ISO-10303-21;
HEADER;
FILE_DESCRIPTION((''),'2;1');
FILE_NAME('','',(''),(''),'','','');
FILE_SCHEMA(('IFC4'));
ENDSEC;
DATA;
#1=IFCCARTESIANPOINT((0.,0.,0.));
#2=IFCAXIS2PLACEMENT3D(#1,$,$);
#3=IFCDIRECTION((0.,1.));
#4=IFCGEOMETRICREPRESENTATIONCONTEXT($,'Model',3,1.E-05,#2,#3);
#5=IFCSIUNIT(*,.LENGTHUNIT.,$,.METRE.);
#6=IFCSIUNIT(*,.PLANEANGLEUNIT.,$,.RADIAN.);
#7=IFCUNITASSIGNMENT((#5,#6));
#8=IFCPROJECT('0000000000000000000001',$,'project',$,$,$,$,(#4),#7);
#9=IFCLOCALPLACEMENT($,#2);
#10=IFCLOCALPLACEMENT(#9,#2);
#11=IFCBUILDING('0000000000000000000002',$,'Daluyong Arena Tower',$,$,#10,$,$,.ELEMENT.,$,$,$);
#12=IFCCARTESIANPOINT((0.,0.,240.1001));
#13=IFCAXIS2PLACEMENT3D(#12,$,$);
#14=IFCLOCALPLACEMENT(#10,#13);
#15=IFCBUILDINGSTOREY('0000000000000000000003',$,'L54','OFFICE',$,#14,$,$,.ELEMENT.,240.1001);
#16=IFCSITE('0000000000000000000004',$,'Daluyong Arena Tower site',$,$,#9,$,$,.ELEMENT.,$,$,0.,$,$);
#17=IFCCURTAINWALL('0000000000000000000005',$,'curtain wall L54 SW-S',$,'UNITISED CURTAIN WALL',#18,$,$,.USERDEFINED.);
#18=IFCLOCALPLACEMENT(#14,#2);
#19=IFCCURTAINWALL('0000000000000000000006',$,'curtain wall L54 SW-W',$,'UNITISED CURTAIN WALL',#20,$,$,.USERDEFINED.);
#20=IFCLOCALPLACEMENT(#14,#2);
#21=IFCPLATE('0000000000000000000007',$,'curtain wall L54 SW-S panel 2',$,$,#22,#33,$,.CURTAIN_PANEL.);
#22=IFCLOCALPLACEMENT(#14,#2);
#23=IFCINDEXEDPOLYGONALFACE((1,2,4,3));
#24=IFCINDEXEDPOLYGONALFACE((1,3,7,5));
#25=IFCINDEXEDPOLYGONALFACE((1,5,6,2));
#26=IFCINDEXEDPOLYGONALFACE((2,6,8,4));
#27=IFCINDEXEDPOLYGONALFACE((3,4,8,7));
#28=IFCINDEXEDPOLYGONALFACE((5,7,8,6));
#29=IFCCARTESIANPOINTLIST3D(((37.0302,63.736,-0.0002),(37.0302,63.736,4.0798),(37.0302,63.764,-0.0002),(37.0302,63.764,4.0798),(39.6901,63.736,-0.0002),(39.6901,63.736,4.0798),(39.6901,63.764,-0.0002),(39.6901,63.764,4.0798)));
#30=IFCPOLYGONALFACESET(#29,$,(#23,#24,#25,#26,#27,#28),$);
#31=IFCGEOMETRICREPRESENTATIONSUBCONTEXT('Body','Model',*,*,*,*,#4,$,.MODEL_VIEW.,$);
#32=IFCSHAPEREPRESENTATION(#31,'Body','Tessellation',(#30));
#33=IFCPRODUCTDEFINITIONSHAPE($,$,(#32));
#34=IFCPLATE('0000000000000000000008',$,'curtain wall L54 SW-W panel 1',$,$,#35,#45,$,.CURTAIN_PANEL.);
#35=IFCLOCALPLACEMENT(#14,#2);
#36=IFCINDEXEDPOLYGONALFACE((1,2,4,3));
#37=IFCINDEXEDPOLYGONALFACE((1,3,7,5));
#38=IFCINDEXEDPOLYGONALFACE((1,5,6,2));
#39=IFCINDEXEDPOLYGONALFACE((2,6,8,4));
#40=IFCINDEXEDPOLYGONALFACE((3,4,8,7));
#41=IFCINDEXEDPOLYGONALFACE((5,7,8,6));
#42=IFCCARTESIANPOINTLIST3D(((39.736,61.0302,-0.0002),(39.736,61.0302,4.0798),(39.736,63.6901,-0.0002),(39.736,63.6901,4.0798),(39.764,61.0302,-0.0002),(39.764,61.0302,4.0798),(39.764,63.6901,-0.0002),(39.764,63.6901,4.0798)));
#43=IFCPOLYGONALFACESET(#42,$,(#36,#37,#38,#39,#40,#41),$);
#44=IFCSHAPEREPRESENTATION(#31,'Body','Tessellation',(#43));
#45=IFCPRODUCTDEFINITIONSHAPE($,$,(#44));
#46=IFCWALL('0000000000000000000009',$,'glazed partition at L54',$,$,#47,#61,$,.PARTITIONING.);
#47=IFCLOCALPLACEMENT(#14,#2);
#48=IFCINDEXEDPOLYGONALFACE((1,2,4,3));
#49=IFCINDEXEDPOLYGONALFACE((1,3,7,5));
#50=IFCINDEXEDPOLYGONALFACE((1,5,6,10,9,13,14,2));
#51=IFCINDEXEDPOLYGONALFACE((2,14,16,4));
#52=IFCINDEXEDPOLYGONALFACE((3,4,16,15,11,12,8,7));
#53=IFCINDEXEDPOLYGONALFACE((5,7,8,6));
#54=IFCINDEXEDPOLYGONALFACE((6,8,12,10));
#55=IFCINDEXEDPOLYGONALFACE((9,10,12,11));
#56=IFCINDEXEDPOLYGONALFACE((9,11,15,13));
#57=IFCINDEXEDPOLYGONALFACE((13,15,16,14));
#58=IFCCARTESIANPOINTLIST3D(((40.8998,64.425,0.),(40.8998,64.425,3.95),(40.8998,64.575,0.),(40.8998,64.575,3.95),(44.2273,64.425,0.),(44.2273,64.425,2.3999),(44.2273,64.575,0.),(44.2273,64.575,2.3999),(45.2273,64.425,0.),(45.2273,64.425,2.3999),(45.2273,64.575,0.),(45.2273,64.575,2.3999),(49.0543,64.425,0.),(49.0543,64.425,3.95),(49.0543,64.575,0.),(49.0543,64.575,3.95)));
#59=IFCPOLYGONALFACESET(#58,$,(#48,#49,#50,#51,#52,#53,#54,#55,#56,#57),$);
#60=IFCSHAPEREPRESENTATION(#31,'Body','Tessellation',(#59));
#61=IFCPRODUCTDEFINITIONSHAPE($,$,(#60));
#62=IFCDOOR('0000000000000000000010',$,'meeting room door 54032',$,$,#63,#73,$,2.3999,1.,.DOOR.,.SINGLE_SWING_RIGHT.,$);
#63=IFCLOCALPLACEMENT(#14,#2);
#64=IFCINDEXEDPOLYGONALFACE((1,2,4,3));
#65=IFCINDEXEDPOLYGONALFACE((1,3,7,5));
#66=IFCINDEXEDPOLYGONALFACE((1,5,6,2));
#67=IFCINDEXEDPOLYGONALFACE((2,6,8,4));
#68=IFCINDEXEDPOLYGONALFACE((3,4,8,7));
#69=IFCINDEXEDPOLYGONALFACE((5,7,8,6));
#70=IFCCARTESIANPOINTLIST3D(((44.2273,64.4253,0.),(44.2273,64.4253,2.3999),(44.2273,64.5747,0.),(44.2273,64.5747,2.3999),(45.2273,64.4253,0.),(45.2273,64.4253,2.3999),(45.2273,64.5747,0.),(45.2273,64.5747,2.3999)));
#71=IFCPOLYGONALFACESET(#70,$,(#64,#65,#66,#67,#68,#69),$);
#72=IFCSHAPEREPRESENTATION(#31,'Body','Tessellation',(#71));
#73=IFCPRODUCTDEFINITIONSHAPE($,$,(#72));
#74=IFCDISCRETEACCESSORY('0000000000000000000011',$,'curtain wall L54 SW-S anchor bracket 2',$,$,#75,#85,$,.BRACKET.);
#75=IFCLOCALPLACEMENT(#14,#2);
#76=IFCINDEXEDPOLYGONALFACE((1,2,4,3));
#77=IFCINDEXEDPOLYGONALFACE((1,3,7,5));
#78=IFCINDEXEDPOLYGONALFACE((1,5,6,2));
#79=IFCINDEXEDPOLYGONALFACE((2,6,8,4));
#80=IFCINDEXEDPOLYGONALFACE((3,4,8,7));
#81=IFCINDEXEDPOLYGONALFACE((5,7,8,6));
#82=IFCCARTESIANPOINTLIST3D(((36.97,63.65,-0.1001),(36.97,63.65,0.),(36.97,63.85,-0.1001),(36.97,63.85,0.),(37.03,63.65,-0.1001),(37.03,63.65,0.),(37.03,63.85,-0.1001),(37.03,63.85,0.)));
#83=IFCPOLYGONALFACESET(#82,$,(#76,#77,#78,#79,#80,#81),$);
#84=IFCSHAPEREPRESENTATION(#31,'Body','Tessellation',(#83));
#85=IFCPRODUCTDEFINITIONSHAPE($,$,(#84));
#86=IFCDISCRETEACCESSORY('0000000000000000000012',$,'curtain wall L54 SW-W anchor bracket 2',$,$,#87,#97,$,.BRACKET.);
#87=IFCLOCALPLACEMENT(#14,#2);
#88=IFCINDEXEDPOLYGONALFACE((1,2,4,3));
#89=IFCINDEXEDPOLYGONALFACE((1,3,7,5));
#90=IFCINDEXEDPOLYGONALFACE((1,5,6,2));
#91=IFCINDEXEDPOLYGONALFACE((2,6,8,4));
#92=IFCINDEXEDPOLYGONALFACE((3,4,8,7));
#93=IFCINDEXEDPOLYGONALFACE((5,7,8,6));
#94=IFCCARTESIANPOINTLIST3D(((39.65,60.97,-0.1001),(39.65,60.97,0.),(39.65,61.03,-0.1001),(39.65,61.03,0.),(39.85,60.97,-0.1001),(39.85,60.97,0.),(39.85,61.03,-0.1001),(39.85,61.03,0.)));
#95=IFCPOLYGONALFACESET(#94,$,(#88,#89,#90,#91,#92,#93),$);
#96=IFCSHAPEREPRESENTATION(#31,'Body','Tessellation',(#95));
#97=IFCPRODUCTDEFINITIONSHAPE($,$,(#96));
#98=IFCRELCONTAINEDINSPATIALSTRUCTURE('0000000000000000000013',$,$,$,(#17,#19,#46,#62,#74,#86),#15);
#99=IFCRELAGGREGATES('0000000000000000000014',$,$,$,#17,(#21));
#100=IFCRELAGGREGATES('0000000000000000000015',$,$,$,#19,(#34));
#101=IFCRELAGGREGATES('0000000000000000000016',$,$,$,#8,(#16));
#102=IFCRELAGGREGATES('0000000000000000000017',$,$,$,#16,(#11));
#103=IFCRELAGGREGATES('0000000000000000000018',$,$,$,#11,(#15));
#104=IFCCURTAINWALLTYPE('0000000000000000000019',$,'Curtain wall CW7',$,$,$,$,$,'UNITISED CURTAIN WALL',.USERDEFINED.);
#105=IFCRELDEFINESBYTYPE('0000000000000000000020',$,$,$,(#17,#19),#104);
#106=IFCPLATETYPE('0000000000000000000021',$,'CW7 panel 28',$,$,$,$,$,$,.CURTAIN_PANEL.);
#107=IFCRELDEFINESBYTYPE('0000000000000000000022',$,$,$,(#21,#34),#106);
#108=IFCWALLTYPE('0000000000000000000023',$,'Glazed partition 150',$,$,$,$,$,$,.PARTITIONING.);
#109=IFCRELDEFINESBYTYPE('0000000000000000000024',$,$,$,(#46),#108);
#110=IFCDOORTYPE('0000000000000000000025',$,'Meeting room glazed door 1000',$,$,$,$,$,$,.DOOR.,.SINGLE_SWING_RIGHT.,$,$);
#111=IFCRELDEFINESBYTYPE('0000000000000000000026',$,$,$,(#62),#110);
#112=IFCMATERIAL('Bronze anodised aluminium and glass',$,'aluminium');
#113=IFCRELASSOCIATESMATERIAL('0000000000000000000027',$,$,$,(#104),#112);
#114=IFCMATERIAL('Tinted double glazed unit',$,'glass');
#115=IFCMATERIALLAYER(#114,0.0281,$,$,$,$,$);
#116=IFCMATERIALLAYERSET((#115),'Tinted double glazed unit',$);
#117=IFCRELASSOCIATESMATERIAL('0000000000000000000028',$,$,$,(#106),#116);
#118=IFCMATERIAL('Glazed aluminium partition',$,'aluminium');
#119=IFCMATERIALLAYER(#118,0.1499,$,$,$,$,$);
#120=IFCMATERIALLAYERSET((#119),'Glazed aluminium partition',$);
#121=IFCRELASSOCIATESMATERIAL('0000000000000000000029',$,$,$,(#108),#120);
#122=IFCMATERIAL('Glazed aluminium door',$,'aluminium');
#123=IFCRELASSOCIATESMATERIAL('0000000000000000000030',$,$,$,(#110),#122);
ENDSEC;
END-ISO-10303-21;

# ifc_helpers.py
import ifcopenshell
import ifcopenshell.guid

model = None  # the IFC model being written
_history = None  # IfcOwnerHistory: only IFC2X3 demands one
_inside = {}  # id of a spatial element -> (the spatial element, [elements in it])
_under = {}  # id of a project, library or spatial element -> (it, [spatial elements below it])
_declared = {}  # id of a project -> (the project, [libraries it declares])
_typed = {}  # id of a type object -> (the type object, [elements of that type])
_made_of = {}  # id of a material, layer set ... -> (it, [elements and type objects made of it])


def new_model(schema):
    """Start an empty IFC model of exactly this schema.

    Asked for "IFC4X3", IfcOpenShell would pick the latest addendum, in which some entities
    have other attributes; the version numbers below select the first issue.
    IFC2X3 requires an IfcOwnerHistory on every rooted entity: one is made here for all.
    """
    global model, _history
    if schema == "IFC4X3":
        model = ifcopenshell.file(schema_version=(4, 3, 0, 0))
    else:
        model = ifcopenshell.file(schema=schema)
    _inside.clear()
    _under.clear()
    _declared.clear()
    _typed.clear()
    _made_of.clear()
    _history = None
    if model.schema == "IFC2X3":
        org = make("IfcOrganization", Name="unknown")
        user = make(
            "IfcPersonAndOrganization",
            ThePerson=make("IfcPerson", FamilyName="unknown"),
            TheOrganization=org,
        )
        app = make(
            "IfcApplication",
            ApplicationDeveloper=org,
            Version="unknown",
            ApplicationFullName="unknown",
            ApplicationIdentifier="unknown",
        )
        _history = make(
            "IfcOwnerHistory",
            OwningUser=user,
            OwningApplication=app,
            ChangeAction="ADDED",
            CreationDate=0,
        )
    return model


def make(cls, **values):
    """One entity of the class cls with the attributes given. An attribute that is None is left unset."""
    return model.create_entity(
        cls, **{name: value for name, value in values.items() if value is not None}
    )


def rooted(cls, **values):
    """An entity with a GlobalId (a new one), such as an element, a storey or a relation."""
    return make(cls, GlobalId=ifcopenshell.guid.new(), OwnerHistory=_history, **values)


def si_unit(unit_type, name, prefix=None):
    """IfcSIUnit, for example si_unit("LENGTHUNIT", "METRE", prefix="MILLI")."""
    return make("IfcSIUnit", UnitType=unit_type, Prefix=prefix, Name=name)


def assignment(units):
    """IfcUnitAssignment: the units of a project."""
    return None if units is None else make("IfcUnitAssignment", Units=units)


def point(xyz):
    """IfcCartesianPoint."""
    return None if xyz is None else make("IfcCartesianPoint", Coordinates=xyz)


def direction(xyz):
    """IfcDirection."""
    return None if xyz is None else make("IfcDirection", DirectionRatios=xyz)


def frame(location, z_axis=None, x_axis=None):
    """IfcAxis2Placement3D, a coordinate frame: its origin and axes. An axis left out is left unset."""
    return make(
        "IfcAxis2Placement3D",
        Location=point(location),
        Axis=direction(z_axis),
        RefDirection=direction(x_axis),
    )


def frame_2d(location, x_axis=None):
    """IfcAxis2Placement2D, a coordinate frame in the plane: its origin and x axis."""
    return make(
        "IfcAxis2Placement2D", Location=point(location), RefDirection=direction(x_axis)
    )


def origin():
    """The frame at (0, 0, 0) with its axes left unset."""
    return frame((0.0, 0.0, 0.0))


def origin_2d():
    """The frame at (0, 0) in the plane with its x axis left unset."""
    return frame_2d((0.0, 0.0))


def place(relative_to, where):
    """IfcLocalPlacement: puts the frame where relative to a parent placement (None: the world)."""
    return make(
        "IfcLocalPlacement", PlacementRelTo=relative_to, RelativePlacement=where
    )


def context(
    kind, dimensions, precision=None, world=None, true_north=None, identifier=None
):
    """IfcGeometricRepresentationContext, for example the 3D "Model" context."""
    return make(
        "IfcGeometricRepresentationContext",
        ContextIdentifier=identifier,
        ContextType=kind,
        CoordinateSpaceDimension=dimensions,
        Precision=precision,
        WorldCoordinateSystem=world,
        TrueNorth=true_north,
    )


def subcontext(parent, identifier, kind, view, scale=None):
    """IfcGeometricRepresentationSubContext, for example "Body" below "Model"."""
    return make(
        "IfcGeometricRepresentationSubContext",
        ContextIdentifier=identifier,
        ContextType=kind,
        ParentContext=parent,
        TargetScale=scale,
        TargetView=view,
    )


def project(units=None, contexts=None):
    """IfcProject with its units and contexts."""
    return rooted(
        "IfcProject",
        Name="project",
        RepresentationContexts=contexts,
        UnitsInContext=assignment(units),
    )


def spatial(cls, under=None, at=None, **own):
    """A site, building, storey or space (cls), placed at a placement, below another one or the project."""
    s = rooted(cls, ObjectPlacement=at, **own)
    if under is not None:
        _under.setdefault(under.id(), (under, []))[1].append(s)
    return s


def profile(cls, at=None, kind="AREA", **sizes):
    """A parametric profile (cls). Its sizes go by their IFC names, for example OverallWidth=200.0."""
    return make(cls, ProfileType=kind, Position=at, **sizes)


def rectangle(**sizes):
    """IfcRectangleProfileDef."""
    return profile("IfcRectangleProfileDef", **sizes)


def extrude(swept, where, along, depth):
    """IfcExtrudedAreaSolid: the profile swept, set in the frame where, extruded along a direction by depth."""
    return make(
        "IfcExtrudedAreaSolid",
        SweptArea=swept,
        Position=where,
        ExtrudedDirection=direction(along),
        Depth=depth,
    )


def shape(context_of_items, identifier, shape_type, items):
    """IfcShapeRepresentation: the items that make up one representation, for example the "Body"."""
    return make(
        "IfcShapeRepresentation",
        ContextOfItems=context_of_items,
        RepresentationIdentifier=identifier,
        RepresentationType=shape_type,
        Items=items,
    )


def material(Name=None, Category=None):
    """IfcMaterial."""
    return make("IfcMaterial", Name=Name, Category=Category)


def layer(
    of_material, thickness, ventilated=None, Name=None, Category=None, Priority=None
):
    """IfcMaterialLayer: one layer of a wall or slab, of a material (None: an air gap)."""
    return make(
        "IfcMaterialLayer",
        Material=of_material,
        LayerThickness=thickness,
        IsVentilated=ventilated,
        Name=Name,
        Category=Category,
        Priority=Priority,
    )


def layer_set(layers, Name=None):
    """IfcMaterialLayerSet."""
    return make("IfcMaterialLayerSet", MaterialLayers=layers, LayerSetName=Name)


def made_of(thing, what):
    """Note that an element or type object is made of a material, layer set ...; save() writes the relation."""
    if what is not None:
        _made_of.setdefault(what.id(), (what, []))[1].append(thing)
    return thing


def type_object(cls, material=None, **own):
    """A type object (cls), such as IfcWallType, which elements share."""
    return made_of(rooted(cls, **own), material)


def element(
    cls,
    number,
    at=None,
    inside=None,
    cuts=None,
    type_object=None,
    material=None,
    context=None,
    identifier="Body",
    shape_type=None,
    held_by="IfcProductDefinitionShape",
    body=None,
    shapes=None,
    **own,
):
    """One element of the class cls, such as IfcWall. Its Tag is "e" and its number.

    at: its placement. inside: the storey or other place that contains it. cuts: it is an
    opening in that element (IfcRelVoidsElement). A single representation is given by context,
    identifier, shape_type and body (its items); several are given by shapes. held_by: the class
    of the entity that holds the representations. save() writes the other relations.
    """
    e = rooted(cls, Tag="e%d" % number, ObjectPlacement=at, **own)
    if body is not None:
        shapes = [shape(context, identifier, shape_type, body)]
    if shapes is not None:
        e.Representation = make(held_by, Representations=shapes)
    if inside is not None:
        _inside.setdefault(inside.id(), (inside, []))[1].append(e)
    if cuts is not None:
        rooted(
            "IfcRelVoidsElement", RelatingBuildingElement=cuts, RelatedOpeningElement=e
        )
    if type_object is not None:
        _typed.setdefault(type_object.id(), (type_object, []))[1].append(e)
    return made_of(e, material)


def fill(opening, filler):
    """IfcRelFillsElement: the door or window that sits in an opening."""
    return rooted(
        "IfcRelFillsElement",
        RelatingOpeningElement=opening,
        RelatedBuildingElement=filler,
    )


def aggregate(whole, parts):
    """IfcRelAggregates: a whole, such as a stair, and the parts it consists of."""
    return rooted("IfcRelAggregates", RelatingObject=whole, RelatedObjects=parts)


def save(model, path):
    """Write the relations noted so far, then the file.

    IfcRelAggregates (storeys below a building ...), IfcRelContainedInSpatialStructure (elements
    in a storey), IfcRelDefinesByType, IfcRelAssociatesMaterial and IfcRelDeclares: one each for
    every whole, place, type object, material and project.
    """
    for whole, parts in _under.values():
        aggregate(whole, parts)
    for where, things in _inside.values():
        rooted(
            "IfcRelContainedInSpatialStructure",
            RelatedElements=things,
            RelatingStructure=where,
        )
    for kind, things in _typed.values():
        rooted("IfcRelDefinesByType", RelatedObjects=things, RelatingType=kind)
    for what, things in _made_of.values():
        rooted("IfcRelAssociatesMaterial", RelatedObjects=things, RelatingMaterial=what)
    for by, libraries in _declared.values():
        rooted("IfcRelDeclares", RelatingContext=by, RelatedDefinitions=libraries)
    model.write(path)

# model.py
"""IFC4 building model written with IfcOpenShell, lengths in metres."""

from ifc_helpers import new_model, si_unit, direction, frame, frame_2d, origin, origin_2d, place, context, subcontext, project, spatial, rectangle, extrude, material, layer, layer_set, type_object, element, fill, aggregate, save


model = new_model("IFC4")

# Units and contexts
model_context = context("Model", 3, precision=1e-05, world=origin(), true_north=direction((0.0, 1.0)))
body_context = subcontext(model_context, "Body", "Model", "MODEL_VIEW")
ifc_project = project(units=[si_unit("LENGTHUNIT", "METRE"), si_unit("PLANEANGLEUNIT", "RADIAN")], contexts=[model_context])

# Site, building, storey
site_placement = place(None, origin())
site = spatial("IfcSite", under=ifc_project, at=site_placement, Name="Daluyong Arena Tower site", CompositionType="ELEMENT", RefElevation=0.0)
building_placement = place(site_placement, origin())
building = spatial("IfcBuilding", under=site, at=building_placement, Name="Daluyong Arena Tower", CompositionType="ELEMENT")
storey_placement = place(building_placement, frame((0.0, 0.0, 240.1001)))
storey = spatial("IfcBuildingStorey", under=building, at=storey_placement, Name="L54", Description="OFFICE", CompositionType="ELEMENT", Elevation=240.1001)

# Curtain wall
ifc_material_1 = material(Name="Bronze anodised aluminium and glass", Category="aluminium")
curtain_wall_type = type_object("IfcCurtainWallType", Name="Curtain wall CW7", ElementType="UNITISED CURTAIN WALL", PredefinedType="USERDEFINED", material=ifc_material_1)
curtain_wall_1_placement = place(storey_placement, origin())
curtain_wall_1 = element("IfcCurtainWall", 1, at=curtain_wall_1_placement, inside=storey, type_object=curtain_wall_type, Name="curtain wall L54 SW-S", ObjectType="UNITISED CURTAIN WALL", PredefinedType="USERDEFINED")

# Curtain wall
curtain_wall_2_placement = place(storey_placement, origin())
curtain_wall_2 = element("IfcCurtainWall", 2, at=curtain_wall_2_placement, inside=storey, type_object=curtain_wall_type, Name="curtain wall L54 SW-W", ObjectType="UNITISED CURTAIN WALL", PredefinedType="USERDEFINED")

# Plates
ifc_material_2 = material(Name="Tinted double glazed unit", Category="glass")
ifc_layer_1 = layer(ifc_material_2, 0.0281)
ifc_layer_set_1 = layer_set([ifc_layer_1], Name="Tinted double glazed unit")
plate_type = type_object("IfcPlateType", Name="CW7 panel 28", PredefinedType="CURTAIN_PANEL", material=ifc_layer_set_1)
plate_1_placement = place(storey_placement, frame((38.3601, 63.75, -0.0002), z_axis=(0.0, 0.0, 1.0), x_axis=(1.0, 0.0, 0.0)))
plate_1 = element("IfcPlate", 3, at=plate_1_placement, type_object=plate_type, Name="curtain wall L54 SW-S panel 2", PredefinedType="CURTAIN_PANEL", context=body_context, shape_type="SweptSolid", body=[
    extrude(rectangle(XDim=2.6599, YDim=0.0281, at=origin_2d()), origin(), (0.0, 0.0, 1.0), 4.0801),
])
aggregate(curtain_wall_1, [plate_1])
plate_2_placement = place(storey_placement, frame((39.75, 62.3601, -0.0002), z_axis=(0.0, 0.0, 1.0), x_axis=(0.0, -1.0, 0.0)))
plate_2 = element("IfcPlate", 4, at=plate_2_placement, type_object=plate_type, Name="curtain wall L54 SW-W panel 1", PredefinedType="CURTAIN_PANEL", context=body_context, shape_type="SweptSolid", body=[
    extrude(rectangle(XDim=2.6599, YDim=0.0281, at=origin_2d()), origin(), (0.0, 0.0, 1.0), 4.0801),
])
aggregate(curtain_wall_2, [plate_2])

# Wall, opening, door
ifc_material_3 = material(Name="Glazed aluminium partition", Category="aluminium")
ifc_layer_2 = layer(ifc_material_3, 0.1499)
ifc_layer_set_2 = layer_set([ifc_layer_2], Name="Glazed aluminium partition")
wall_type = type_object("IfcWallType", Name="Glazed partition 150", PredefinedType="PARTITIONING", material=ifc_layer_set_2)
wall_placement = place(storey_placement, frame((40.8999, 64.5, 0.0), z_axis=(0.0, 0.0, 1.0), x_axis=(1.0, 0.0, 0.0)))
wall = element("IfcWall", 5, at=wall_placement, inside=storey, type_object=wall_type, Name="glazed partition at L54", PredefinedType="PARTITIONING", context=body_context, shape_type="SweptSolid", body=[
    extrude(rectangle(XDim=8.1545, YDim=0.1499, at=frame_2d((4.0771, 0.0))), origin(), (0.0, 0.0, 1.0), 3.95),
])
opening_placement = place(wall_placement, frame((3.3274, 0.0, 0.0)))
opening = element("IfcOpeningElement", 6, at=opening_placement, cuts=wall, PredefinedType="OPENING", context=body_context, shape_type="SweptSolid", body=[
    extrude(rectangle(XDim=1.0, YDim=2.3999, at=frame_2d((0.5, 1.2))), frame((0.0, 0.085, 0.0), z_axis=(0.0, -1.0, 0.0), x_axis=(1.0, 0.0, 0.0)), (0.0, 0.0, 1.0), 0.1699),
])
ifc_material_4 = material(Name="Glazed aluminium door", Category="aluminium")
door_type = type_object("IfcDoorType", Name="Meeting room glazed door 1000", OperationType="SINGLE_SWING_RIGHT", PredefinedType="DOOR", material=ifc_material_4)
door_placement = place(opening_placement, origin())
door = element("IfcDoor", 7, at=door_placement, inside=storey, type_object=door_type, Name="meeting room door 54032", OperationType="SINGLE_SWING_RIGHT", OverallHeight=2.3999, OverallWidth=1.0, PredefinedType="DOOR", context=body_context, shape_type="SweptSolid", body=[
    extrude(rectangle(XDim=1.0, YDim=2.3999, at=frame_2d((0.5, 1.2))), frame((0.0, 0.0747, 0.0), z_axis=(0.0, -1.0, 0.0), x_axis=(1.0, 0.0, 0.0)), (0.0, 0.0, 1.0), 0.1494),
])
fill(opening, door)

# Discrete accessories
for number, where, z_axis, x_axis, name in (
    (8, (37.0, 63.75, -0.1001), (0.0, 0.0, 1.0), (1.0, 0.0, 0.0), "curtain wall L54 SW-S anchor bracket 2"),
    (9, (39.75, 61.0, -0.1001), (0.0, 0.0, 1.0), (0.0, -1.0, 0.0), "curtain wall L54 SW-W anchor bracket 2"),
):
    element("IfcDiscreteAccessory", number, at=place(storey_placement, frame(where, z_axis=z_axis, x_axis=x_axis)), inside=storey, Name=name, PredefinedType="BRACKET", context=body_context, shape_type="SweptSolid", body=[
        extrude(rectangle(XDim=0.0601, YDim=0.2, at=origin_2d()), origin(), (0.0, 0.0, 1.0), 0.1001),
    ])

save(model, "model.ifc")
